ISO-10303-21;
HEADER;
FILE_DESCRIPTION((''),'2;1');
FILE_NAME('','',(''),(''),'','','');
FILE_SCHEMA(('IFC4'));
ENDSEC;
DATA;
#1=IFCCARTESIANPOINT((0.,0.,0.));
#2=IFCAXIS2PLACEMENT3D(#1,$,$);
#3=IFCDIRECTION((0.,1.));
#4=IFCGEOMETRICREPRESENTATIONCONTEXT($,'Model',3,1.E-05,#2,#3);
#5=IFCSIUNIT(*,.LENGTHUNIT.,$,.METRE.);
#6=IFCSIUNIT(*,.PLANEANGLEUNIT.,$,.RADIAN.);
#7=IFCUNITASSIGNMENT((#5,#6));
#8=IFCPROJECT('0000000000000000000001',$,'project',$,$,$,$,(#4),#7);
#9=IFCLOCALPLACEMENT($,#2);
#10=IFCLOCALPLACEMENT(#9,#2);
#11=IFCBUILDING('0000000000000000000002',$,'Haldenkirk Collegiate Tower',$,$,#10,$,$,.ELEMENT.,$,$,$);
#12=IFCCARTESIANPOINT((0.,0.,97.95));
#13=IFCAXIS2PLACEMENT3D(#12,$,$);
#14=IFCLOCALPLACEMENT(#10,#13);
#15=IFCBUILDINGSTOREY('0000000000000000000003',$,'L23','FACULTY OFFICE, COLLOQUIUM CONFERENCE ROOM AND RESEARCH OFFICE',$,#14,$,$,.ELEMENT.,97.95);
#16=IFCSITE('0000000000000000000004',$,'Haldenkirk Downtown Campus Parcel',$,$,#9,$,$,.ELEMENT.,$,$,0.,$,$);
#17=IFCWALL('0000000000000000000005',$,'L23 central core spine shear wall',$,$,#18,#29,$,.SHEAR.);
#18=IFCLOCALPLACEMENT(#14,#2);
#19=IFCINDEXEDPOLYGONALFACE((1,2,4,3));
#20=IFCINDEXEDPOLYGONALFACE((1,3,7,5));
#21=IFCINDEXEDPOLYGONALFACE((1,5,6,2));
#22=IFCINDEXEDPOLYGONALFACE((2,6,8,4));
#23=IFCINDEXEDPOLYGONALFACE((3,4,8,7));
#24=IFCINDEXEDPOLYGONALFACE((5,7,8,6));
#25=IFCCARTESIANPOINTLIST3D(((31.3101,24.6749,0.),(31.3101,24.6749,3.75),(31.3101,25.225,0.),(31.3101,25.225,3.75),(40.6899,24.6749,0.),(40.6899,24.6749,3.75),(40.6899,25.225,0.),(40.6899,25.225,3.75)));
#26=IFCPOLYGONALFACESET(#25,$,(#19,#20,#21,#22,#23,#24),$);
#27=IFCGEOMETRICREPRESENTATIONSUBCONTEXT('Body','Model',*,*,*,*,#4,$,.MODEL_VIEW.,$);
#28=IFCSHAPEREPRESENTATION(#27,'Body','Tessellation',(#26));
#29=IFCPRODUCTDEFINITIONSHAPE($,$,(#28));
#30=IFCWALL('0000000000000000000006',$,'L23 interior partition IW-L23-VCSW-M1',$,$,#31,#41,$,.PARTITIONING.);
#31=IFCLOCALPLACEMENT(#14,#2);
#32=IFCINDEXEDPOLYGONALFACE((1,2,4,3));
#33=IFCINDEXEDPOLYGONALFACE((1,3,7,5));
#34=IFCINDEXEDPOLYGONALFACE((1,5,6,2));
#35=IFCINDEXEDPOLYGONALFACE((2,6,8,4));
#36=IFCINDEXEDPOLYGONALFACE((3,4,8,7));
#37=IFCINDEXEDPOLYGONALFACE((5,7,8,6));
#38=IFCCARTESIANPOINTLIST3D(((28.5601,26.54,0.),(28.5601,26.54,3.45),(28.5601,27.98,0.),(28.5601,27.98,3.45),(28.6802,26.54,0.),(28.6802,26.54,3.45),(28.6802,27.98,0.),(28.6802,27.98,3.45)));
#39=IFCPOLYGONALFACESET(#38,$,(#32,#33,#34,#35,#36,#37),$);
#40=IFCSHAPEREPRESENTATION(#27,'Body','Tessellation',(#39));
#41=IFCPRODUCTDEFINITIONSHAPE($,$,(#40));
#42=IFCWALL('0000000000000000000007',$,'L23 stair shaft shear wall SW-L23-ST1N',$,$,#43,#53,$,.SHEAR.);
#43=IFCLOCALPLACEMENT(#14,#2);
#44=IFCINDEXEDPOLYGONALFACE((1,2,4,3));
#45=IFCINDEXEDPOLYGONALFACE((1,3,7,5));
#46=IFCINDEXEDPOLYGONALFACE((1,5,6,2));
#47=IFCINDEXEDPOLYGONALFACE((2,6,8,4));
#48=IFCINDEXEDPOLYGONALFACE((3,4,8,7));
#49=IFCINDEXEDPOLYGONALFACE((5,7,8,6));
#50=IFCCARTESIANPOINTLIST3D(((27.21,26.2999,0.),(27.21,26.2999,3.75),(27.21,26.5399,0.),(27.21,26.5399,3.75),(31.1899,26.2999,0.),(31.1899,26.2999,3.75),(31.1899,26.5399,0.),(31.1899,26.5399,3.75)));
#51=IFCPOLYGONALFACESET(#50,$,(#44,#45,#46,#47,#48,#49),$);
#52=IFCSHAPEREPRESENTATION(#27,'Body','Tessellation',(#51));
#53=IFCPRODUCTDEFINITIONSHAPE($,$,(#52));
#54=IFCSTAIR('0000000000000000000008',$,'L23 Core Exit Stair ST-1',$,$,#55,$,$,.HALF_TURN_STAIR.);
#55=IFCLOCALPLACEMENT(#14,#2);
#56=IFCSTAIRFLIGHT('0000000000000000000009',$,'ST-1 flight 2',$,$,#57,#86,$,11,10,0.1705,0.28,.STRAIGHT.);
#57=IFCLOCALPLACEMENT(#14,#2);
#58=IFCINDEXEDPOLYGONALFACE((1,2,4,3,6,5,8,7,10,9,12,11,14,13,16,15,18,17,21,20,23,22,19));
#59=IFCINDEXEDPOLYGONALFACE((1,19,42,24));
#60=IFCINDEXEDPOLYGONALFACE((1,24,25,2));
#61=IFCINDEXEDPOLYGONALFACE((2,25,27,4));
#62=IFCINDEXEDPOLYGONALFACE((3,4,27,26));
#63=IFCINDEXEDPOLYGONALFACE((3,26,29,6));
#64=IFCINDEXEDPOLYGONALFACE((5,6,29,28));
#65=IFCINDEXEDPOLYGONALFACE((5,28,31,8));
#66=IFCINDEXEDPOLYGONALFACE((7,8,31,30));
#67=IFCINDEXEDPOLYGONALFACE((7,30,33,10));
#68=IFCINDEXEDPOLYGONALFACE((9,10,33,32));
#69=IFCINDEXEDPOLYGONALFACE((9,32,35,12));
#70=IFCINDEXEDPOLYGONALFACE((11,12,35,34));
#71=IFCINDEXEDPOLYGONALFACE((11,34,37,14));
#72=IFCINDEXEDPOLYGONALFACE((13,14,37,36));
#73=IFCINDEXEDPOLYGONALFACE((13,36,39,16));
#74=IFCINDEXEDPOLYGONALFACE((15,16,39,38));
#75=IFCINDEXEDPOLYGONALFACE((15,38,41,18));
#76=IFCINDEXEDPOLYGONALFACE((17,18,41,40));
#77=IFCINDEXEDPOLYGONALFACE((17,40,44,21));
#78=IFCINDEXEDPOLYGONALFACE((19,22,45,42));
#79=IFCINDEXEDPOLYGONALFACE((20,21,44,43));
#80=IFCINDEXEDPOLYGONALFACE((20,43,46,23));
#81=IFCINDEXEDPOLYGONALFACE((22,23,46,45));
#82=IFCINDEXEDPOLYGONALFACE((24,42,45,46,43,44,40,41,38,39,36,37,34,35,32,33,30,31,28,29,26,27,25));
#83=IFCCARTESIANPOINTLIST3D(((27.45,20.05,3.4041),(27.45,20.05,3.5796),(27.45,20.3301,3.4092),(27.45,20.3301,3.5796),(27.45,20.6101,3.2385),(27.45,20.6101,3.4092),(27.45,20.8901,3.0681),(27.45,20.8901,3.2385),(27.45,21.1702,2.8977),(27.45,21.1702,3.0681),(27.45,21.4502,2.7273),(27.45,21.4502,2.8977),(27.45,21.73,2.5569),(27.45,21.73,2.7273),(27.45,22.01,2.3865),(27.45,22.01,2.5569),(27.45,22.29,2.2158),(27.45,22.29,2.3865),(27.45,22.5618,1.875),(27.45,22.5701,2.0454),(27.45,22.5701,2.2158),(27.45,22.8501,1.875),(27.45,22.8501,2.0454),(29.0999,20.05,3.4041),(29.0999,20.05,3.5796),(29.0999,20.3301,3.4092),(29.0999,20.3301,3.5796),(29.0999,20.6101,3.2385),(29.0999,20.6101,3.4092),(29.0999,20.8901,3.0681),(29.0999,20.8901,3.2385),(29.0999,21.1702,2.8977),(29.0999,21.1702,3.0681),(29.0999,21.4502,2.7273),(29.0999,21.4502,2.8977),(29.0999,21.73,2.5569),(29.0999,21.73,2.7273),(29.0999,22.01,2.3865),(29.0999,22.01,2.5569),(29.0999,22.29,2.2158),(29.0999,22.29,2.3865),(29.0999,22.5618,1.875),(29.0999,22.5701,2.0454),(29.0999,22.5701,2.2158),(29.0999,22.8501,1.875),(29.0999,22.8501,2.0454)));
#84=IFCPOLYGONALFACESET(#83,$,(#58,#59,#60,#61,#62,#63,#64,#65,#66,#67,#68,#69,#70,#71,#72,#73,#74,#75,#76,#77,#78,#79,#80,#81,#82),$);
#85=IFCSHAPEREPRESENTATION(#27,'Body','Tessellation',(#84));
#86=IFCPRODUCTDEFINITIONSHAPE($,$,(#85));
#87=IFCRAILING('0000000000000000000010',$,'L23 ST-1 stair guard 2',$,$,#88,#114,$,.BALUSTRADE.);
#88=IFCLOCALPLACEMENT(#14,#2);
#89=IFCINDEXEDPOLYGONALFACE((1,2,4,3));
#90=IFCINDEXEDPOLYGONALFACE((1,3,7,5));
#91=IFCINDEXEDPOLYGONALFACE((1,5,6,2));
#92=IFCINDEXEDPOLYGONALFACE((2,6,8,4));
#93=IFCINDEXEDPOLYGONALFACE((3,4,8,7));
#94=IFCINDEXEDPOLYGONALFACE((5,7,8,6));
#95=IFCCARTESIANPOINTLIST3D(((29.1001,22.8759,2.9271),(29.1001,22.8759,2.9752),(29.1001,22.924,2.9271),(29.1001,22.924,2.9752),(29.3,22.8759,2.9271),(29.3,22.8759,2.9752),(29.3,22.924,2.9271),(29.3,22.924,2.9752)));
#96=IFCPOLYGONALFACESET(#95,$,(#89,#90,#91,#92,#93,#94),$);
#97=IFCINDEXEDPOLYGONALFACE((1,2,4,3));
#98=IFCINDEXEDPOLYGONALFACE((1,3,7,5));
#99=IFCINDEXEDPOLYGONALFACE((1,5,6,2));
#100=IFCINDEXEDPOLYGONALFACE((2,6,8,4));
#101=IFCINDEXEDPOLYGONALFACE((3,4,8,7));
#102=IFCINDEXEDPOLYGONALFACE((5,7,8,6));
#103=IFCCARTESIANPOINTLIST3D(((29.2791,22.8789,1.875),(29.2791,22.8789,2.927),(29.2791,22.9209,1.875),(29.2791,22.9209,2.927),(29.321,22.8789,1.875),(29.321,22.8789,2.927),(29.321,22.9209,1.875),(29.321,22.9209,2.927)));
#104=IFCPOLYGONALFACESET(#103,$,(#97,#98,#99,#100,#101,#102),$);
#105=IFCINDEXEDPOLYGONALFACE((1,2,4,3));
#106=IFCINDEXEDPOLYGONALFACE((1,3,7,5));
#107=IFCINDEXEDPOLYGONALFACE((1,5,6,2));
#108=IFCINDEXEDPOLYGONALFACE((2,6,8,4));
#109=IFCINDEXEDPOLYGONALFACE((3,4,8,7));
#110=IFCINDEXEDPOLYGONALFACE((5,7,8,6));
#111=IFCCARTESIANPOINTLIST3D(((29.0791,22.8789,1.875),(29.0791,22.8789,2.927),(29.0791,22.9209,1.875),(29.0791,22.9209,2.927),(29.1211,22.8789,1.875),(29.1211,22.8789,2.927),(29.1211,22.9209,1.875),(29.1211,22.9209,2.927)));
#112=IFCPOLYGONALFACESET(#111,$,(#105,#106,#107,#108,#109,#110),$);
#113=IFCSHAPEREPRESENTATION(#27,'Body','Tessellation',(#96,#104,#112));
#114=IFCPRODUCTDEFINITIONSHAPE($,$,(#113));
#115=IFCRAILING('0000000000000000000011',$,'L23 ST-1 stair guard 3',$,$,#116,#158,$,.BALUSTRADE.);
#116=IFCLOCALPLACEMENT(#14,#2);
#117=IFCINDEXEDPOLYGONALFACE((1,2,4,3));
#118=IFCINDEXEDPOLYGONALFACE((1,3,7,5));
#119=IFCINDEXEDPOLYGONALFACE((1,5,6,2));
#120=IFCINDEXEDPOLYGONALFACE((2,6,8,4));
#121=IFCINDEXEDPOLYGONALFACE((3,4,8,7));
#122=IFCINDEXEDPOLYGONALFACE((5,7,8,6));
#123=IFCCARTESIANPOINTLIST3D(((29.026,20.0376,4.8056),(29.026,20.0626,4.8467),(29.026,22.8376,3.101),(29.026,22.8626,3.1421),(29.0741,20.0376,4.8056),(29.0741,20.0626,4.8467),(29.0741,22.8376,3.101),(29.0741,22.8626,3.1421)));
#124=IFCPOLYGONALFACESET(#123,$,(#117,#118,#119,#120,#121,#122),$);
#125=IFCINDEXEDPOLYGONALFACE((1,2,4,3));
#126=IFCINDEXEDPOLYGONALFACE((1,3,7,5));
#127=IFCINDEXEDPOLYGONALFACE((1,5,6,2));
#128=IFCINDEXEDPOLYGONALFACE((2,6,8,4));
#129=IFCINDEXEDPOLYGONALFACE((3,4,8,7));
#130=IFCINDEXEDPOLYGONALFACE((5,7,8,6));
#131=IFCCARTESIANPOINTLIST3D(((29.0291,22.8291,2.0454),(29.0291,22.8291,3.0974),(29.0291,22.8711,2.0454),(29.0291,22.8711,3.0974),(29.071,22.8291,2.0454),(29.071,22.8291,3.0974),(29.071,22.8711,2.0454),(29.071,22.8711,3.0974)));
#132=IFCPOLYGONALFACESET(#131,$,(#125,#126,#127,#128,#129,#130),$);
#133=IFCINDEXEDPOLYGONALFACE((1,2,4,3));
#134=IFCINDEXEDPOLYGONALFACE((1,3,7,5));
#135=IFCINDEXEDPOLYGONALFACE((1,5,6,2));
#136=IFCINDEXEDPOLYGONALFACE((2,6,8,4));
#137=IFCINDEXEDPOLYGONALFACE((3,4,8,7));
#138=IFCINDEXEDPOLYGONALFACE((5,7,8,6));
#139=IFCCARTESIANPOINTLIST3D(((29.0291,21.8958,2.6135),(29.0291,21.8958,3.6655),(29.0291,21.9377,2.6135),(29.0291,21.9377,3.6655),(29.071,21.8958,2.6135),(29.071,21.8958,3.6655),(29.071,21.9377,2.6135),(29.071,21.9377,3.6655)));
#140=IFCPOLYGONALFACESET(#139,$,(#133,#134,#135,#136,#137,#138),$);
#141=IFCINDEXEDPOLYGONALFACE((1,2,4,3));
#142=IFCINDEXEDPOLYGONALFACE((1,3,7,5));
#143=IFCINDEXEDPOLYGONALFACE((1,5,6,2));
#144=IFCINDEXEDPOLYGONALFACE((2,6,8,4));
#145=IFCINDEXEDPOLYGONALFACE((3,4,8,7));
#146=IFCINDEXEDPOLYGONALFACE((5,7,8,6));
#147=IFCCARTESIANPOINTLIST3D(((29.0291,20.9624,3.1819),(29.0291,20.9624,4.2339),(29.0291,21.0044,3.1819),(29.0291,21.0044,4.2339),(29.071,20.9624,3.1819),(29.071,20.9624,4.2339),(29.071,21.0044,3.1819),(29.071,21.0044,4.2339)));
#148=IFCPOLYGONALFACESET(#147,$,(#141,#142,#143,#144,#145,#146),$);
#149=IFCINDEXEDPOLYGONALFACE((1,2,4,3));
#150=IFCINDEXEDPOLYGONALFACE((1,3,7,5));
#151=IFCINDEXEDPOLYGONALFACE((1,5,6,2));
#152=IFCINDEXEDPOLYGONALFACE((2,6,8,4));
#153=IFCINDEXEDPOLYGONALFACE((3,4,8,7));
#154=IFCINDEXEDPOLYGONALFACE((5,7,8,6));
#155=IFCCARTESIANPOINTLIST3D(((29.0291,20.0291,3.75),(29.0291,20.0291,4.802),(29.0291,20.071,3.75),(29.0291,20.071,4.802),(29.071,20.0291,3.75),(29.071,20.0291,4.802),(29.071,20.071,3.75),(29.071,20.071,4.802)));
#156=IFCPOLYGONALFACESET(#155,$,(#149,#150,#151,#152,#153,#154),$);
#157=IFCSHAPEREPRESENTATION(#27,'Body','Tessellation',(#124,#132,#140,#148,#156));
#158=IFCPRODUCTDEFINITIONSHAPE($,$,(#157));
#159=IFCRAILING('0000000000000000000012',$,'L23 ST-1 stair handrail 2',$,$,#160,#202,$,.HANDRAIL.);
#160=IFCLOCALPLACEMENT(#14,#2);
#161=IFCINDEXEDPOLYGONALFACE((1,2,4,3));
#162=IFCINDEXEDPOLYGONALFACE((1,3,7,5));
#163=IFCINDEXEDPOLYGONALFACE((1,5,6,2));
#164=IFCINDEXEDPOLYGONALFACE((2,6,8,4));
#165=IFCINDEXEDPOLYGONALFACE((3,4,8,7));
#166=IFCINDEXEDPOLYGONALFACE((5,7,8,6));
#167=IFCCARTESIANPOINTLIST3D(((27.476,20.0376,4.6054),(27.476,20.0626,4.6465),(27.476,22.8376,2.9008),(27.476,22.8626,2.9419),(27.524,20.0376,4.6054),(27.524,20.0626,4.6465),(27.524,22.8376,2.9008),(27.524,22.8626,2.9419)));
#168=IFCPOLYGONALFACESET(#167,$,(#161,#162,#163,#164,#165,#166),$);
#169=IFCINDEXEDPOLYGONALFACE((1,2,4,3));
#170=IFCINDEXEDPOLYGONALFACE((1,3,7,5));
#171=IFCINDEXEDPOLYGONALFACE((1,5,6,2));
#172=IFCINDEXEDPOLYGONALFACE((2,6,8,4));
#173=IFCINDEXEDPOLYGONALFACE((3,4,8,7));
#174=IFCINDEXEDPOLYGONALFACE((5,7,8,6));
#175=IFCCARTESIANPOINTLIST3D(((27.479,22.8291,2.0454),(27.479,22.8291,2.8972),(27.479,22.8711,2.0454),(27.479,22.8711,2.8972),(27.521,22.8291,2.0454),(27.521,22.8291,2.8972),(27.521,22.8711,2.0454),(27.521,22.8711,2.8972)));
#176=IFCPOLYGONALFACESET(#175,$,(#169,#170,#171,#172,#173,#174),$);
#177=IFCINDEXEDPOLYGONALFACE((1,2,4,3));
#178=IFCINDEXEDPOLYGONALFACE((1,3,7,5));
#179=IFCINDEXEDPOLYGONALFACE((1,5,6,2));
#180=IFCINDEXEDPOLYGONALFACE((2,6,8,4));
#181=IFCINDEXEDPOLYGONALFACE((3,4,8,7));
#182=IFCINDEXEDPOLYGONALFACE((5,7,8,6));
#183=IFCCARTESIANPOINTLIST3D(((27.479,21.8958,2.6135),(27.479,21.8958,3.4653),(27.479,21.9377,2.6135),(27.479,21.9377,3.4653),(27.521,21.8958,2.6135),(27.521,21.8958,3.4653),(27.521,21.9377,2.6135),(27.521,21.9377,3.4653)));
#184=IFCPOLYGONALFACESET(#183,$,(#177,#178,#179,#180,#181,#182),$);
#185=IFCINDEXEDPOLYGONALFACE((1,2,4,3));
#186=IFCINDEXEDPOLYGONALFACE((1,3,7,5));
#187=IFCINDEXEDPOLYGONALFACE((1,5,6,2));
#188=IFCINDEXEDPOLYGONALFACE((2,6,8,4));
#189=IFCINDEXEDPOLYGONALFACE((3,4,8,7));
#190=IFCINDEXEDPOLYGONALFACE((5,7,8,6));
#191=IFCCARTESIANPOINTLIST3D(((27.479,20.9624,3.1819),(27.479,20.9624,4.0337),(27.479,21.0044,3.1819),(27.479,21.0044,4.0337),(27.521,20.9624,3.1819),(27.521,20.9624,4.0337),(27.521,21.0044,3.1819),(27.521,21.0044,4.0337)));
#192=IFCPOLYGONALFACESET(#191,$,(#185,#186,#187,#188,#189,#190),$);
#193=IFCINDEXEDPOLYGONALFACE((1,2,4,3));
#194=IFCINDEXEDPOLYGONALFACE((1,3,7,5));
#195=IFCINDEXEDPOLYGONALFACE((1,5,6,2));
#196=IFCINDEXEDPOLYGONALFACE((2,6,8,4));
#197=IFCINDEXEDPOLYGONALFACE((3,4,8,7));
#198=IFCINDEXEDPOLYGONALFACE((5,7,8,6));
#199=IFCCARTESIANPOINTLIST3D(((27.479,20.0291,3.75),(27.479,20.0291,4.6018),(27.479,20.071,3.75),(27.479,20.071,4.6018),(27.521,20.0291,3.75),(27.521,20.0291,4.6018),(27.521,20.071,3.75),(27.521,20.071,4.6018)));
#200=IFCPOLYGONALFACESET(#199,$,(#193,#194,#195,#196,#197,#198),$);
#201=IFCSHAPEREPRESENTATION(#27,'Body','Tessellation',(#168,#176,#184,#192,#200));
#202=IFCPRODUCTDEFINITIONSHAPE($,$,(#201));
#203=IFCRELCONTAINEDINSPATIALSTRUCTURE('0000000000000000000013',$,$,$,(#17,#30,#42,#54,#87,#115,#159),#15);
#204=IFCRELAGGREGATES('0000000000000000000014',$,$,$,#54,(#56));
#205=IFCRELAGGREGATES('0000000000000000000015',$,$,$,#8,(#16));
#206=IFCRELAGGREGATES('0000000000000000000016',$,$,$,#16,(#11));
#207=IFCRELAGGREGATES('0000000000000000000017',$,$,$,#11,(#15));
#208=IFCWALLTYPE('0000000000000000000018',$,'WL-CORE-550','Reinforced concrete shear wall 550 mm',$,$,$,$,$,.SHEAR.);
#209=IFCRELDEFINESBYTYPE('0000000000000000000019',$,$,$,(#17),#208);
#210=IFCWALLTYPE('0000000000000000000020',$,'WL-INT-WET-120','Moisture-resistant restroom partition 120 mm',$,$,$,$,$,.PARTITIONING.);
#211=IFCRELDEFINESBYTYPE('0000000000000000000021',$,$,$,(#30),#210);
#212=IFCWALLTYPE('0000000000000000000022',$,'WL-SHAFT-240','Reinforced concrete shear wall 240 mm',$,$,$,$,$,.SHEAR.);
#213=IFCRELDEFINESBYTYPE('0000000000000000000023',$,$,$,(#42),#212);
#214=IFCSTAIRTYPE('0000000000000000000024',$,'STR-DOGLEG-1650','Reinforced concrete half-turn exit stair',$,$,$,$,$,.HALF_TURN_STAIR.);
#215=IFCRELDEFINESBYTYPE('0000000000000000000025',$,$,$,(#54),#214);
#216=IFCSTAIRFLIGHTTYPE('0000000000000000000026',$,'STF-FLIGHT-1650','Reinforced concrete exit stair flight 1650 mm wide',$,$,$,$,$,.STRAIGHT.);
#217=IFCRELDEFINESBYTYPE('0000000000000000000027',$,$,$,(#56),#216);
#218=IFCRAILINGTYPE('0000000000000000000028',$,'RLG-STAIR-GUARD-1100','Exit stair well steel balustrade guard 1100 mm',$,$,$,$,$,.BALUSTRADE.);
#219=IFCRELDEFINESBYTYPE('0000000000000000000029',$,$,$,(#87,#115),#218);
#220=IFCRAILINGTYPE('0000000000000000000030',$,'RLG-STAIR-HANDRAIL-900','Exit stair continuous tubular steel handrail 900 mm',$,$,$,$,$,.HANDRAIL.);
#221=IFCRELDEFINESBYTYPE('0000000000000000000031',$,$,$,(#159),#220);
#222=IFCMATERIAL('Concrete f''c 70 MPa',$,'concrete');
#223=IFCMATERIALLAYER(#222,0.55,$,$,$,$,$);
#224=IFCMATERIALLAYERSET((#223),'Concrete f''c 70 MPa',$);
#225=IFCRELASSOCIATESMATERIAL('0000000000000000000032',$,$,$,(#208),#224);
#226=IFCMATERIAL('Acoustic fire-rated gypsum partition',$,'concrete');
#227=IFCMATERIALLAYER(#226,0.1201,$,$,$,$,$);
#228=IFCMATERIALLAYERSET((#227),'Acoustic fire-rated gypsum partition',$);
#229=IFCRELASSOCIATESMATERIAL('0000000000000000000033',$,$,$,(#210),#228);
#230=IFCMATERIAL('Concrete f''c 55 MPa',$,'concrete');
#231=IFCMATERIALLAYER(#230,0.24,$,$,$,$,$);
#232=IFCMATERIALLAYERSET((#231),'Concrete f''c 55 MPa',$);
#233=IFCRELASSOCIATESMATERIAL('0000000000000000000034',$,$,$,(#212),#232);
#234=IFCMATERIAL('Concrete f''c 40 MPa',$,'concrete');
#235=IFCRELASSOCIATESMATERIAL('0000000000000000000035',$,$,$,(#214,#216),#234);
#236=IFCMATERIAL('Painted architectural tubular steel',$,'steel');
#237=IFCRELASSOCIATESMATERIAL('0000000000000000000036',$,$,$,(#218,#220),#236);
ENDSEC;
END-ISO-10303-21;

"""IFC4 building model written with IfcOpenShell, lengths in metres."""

from ifc_helpers import new_model, si_unit, direction, frame, frame_2d, origin, origin_2d, place, context, subcontext, project, spatial, polyline, rectangle, outline, extrude, material, layer, layer_set, type_object, element, aggregate, save


model = new_model("IFC4")

# Units and contexts
model_context = context("Model", 3, precision=1e-05, world=origin(), true_north=direction((0.0, 1.0)))
body_context = subcontext(model_context, "Body", "Model", "MODEL_VIEW")
ifc_project = project(units=[si_unit("LENGTHUNIT", "METRE"), si_unit("PLANEANGLEUNIT", "RADIAN")], contexts=[model_context])

# Site, building, storey
site_placement = place(None, origin())
site = spatial("IfcSite", under=ifc_project, at=site_placement, Name="Haldenkirk Downtown Campus Parcel", CompositionType="ELEMENT", RefElevation=0.0)
building_placement = place(site_placement, origin())
building = spatial("IfcBuilding", under=site, at=building_placement, Name="Haldenkirk Collegiate Tower", CompositionType="ELEMENT")
storey_placement = place(building_placement, frame((0.0, 0.0, 97.95)))
storey = spatial("IfcBuildingStorey", under=building, at=storey_placement, Name="L23", Description="FACULTY OFFICE, COLLOQUIUM CONFERENCE ROOM AND RESEARCH OFFICE", CompositionType="ELEMENT", Elevation=97.95)

# Wall
ifc_material_1 = material(Name="Concrete f'c 70 MPa", Category="concrete")
ifc_layer_1 = layer(ifc_material_1, 0.55)
ifc_layer_set_1 = layer_set([ifc_layer_1], Name="Concrete f'c 70 MPa")
wall_type_1 = type_object("IfcWallType", Name="WL-CORE-550", Description="Reinforced concrete shear wall 550 mm", PredefinedType="SHEAR", material=ifc_layer_set_1)
wall_1_placement = place(storey_placement, frame((31.3101, 24.95, 0.0), z_axis=(0.0, 0.0, 1.0), x_axis=(1.0, 0.0, 0.0)))
element("IfcWall", 1, at=wall_1_placement, inside=storey, type_object=wall_type_1, Name="L23 central core spine shear wall", PredefinedType="SHEAR", context=body_context, shape_type="SweptSolid", body=[
    extrude(rectangle(XDim=9.3799, YDim=0.55, at=frame_2d((4.6899, 0.0))), origin(), (0.0, 0.0, 1.0), 3.75),
])

# Walls
ifc_material_2 = material(Name="Acoustic fire-rated gypsum partition", Category="concrete")
ifc_layer_2 = layer(ifc_material_2, 0.1201)
ifc_layer_set_2 = layer_set([ifc_layer_2], Name="Acoustic fire-rated gypsum partition")
wall_type_2 = type_object("IfcWallType", Name="WL-INT-WET-120", Description="Moisture-resistant restroom partition 120 mm", PredefinedType="PARTITIONING", material=ifc_layer_set_2)
wall_2_placement = place(storey_placement, frame((28.6201, 26.54, 0.0), z_axis=(0.0, 0.0, 1.0), x_axis=(0.0, 1.0, 0.0)))
element("IfcWall", 2, at=wall_2_placement, inside=storey, type_object=wall_type_2, Name="L23 interior partition IW-L23-VCSW-M1", PredefinedType="PARTITIONING", context=body_context, shape_type="SweptSolid", body=[
    extrude(rectangle(XDim=1.4399, YDim=0.1201, at=frame_2d((0.72, 0.0))), origin(), (0.0, 0.0, 1.0), 3.45),
])
ifc_material_3 = material(Name="Concrete f'c 55 MPa", Category="concrete")
ifc_layer_3 = layer(ifc_material_3, 0.24)
ifc_layer_set_3 = layer_set([ifc_layer_3], Name="Concrete f'c 55 MPa")
wall_type_3 = type_object("IfcWallType", Name="WL-SHAFT-240", Description="Reinforced concrete shear wall 240 mm", PredefinedType="SHEAR", material=ifc_layer_set_3)
wall_3_placement = place(storey_placement, frame((27.21, 26.4199, 0.0), z_axis=(0.0, 0.0, 1.0), x_axis=(1.0, 0.0, 0.0)))
element("IfcWall", 3, at=wall_3_placement, inside=storey, type_object=wall_type_3, Name="L23 stair shaft shear wall SW-L23-ST1N", PredefinedType="SHEAR", context=body_context, shape_type="SweptSolid", body=[
    extrude(rectangle(XDim=3.98, YDim=0.24, at=frame_2d((1.99, 0.0))), origin(), (0.0, 0.0, 1.0), 3.75),
])

# Stair, stair flight
ifc_material_4 = material(Name="Concrete f'c 40 MPa", Category="concrete")
stair_type = type_object("IfcStairType", Name="STR-DOGLEG-1650", Description="Reinforced concrete half-turn exit stair", PredefinedType="HALF_TURN_STAIR", material=ifc_material_4)
stair_placement = place(storey_placement, origin())
stair = element("IfcStair", 4, at=stair_placement, inside=storey, type_object=stair_type, Name="L23 Core Exit Stair ST-1", PredefinedType="HALF_TURN_STAIR")
stair_flight_type = type_object("IfcStairFlightType", Name="STF-FLIGHT-1650", Description="Reinforced concrete exit stair flight 1650 mm wide", PredefinedType="STRAIGHT", material=ifc_material_4)
stair_flight_placement = place(storey_placement, frame((28.2749, 22.8501, 1.875), z_axis=(0.0, 0.0, 1.0), x_axis=(0.0, -1.0, 0.0)))
stair_flight = element("IfcStairFlight", 5, at=stair_flight_placement, type_object=stair_flight_type, Name="ST-1 flight 2", NumberOfRisers=11, NumberOfTreads=10, PredefinedType="STRAIGHT", RiserHeight=0.1705, TreadLength=0.28, context=body_context, shape_type="SweptSolid", body=[
    extrude(outline(polyline([(0.0, 0.0), (0.0, 0.1704), (0.28, 0.1704), (0.28, 0.3408), (0.5601, 0.3408), (0.5601, 0.5115), (0.8401, 0.5115), (0.8401, 0.6819), (1.1201, 0.6819), (1.1201, 0.8523), (1.3999, 0.8523), (1.3999, 1.0227), (1.6799, 1.0227), (1.6799, 1.1931), (1.96, 1.1931), (1.96, 1.3635), (2.24, 1.3635), (2.24, 1.5342), (2.52, 1.5342), (2.52, 1.7046), (2.8, 1.7046), (2.8, 1.875), (2.8, 1.5291), (0.2883, 0.0), (0.0, 0.0)])), frame((0.0, 0.825, 0.0), z_axis=(0.0, -1.0, 0.0), x_axis=(1.0, 0.0, 0.0)), (0.0, 0.0, 1.0), 1.6499),
])
aggregate(stair, [stair_flight])

# Railings
ifc_material_5 = material(Name="Painted architectural tubular steel", Category="steel")
railing_type_1 = type_object("IfcRailingType", Name="RLG-STAIR-GUARD-1100", Description="Exit stair well steel balustrade guard 1100 mm", PredefinedType="BALUSTRADE", material=ifc_material_5)
railing_1_placement = place(storey_placement, frame((29.3, 22.8999, 1.875)))
element("IfcRailing", 6, at=railing_1_placement, inside=storey, type_object=railing_type_1, Name="L23 ST-1 stair guard 2", PredefinedType="BALUSTRADE", context=body_context, shape_type="SweptSolid", body=[
    extrude(rectangle(XDim=0.0481, YDim=0.0481, at=origin_2d()), frame((0.0, 0.0, 1.0762), z_axis=(-1.0, 0.0, 0.0), x_axis=(0.0, -1.0, 0.0)), (0.0, 0.0, 1.0), 0.2),
    extrude(rectangle(XDim=0.042, YDim=0.042, at=origin_2d()), origin(), (0.0, 0.0, 1.0), 1.052),
    extrude(rectangle(XDim=0.042, YDim=0.042, at=origin_2d()), frame((-0.2, 0.0, 0.0)), (0.0, 0.0, 1.0), 1.052),
])
railing_2_placement = place(storey_placement, frame((29.05, 22.8501, 2.0454)))
element("IfcRailing", 7, at=railing_2_placement, inside=storey, type_object=railing_type_1, Name="L23 ST-1 stair guard 3", PredefinedType="BALUSTRADE", context=body_context, shape_type="SweptSolid", body=[
    extrude(rectangle(XDim=0.0481, YDim=0.0481, at=origin_2d()), frame((0.0, 0.0, 1.0762), z_axis=(0.0, -0.85417, 0.519994), x_axis=(1.0, 0.0, 0.0)), (0.0, 0.0, 1.0), 3.2781),
    extrude(rectangle(XDim=0.042, YDim=0.042, at=origin_2d()), origin(), (0.0, 0.0, 1.0), 1.052),
    extrude(rectangle(XDim=0.042, YDim=0.042, at=origin_2d()), frame((0.0, -0.9333, 0.5681)), (0.0, 0.0, 1.0), 1.052),
    extrude(rectangle(XDim=0.042, YDim=0.042, at=origin_2d()), frame((0.0, -1.8667, 1.1365)), (0.0, 0.0, 1.0), 1.052),
    extrude(rectangle(XDim=0.042, YDim=0.042, at=origin_2d()), frame((0.0, -2.8, 1.7046)), (0.0, 0.0, 1.0), 1.052),
])
railing_type_2 = type_object("IfcRailingType", Name="RLG-STAIR-HANDRAIL-900", Description="Exit stair continuous tubular steel handrail 900 mm", PredefinedType="HANDRAIL", material=ifc_material_5)
railing_3_placement = place(storey_placement, frame((27.5, 22.8501, 2.0454)))
element("IfcRailing", 8, at=railing_3_placement, inside=storey, type_object=railing_type_2, Name="L23 ST-1 stair handrail 2", PredefinedType="HANDRAIL", context=body_context, shape_type="SweptSolid", body=[
    extrude(rectangle(XDim=0.0481, YDim=0.0481, at=origin_2d()), frame((0.0, 0.0, 0.876), z_axis=(0.0, -0.85417, 0.519994), x_axis=(1.0, 0.0, 0.0)), (0.0, 0.0, 1.0), 3.2781),
    extrude(rectangle(XDim=0.042, YDim=0.042, at=origin_2d()), origin(), (0.0, 0.0, 1.0), 0.8518),
    extrude(rectangle(XDim=0.042, YDim=0.042, at=origin_2d()), frame((0.0, -0.9333, 0.5681)), (0.0, 0.0, 1.0), 0.8518),
    extrude(rectangle(XDim=0.042, YDim=0.042, at=origin_2d()), frame((0.0, -1.8667, 1.1365)), (0.0, 0.0, 1.0), 0.8518),
    extrude(rectangle(XDim=0.042, YDim=0.042, at=origin_2d()), frame((0.0, -2.8, 1.7046)), (0.0, 0.0, 1.0), 0.8518),
])

save(model, "model.ifc")
